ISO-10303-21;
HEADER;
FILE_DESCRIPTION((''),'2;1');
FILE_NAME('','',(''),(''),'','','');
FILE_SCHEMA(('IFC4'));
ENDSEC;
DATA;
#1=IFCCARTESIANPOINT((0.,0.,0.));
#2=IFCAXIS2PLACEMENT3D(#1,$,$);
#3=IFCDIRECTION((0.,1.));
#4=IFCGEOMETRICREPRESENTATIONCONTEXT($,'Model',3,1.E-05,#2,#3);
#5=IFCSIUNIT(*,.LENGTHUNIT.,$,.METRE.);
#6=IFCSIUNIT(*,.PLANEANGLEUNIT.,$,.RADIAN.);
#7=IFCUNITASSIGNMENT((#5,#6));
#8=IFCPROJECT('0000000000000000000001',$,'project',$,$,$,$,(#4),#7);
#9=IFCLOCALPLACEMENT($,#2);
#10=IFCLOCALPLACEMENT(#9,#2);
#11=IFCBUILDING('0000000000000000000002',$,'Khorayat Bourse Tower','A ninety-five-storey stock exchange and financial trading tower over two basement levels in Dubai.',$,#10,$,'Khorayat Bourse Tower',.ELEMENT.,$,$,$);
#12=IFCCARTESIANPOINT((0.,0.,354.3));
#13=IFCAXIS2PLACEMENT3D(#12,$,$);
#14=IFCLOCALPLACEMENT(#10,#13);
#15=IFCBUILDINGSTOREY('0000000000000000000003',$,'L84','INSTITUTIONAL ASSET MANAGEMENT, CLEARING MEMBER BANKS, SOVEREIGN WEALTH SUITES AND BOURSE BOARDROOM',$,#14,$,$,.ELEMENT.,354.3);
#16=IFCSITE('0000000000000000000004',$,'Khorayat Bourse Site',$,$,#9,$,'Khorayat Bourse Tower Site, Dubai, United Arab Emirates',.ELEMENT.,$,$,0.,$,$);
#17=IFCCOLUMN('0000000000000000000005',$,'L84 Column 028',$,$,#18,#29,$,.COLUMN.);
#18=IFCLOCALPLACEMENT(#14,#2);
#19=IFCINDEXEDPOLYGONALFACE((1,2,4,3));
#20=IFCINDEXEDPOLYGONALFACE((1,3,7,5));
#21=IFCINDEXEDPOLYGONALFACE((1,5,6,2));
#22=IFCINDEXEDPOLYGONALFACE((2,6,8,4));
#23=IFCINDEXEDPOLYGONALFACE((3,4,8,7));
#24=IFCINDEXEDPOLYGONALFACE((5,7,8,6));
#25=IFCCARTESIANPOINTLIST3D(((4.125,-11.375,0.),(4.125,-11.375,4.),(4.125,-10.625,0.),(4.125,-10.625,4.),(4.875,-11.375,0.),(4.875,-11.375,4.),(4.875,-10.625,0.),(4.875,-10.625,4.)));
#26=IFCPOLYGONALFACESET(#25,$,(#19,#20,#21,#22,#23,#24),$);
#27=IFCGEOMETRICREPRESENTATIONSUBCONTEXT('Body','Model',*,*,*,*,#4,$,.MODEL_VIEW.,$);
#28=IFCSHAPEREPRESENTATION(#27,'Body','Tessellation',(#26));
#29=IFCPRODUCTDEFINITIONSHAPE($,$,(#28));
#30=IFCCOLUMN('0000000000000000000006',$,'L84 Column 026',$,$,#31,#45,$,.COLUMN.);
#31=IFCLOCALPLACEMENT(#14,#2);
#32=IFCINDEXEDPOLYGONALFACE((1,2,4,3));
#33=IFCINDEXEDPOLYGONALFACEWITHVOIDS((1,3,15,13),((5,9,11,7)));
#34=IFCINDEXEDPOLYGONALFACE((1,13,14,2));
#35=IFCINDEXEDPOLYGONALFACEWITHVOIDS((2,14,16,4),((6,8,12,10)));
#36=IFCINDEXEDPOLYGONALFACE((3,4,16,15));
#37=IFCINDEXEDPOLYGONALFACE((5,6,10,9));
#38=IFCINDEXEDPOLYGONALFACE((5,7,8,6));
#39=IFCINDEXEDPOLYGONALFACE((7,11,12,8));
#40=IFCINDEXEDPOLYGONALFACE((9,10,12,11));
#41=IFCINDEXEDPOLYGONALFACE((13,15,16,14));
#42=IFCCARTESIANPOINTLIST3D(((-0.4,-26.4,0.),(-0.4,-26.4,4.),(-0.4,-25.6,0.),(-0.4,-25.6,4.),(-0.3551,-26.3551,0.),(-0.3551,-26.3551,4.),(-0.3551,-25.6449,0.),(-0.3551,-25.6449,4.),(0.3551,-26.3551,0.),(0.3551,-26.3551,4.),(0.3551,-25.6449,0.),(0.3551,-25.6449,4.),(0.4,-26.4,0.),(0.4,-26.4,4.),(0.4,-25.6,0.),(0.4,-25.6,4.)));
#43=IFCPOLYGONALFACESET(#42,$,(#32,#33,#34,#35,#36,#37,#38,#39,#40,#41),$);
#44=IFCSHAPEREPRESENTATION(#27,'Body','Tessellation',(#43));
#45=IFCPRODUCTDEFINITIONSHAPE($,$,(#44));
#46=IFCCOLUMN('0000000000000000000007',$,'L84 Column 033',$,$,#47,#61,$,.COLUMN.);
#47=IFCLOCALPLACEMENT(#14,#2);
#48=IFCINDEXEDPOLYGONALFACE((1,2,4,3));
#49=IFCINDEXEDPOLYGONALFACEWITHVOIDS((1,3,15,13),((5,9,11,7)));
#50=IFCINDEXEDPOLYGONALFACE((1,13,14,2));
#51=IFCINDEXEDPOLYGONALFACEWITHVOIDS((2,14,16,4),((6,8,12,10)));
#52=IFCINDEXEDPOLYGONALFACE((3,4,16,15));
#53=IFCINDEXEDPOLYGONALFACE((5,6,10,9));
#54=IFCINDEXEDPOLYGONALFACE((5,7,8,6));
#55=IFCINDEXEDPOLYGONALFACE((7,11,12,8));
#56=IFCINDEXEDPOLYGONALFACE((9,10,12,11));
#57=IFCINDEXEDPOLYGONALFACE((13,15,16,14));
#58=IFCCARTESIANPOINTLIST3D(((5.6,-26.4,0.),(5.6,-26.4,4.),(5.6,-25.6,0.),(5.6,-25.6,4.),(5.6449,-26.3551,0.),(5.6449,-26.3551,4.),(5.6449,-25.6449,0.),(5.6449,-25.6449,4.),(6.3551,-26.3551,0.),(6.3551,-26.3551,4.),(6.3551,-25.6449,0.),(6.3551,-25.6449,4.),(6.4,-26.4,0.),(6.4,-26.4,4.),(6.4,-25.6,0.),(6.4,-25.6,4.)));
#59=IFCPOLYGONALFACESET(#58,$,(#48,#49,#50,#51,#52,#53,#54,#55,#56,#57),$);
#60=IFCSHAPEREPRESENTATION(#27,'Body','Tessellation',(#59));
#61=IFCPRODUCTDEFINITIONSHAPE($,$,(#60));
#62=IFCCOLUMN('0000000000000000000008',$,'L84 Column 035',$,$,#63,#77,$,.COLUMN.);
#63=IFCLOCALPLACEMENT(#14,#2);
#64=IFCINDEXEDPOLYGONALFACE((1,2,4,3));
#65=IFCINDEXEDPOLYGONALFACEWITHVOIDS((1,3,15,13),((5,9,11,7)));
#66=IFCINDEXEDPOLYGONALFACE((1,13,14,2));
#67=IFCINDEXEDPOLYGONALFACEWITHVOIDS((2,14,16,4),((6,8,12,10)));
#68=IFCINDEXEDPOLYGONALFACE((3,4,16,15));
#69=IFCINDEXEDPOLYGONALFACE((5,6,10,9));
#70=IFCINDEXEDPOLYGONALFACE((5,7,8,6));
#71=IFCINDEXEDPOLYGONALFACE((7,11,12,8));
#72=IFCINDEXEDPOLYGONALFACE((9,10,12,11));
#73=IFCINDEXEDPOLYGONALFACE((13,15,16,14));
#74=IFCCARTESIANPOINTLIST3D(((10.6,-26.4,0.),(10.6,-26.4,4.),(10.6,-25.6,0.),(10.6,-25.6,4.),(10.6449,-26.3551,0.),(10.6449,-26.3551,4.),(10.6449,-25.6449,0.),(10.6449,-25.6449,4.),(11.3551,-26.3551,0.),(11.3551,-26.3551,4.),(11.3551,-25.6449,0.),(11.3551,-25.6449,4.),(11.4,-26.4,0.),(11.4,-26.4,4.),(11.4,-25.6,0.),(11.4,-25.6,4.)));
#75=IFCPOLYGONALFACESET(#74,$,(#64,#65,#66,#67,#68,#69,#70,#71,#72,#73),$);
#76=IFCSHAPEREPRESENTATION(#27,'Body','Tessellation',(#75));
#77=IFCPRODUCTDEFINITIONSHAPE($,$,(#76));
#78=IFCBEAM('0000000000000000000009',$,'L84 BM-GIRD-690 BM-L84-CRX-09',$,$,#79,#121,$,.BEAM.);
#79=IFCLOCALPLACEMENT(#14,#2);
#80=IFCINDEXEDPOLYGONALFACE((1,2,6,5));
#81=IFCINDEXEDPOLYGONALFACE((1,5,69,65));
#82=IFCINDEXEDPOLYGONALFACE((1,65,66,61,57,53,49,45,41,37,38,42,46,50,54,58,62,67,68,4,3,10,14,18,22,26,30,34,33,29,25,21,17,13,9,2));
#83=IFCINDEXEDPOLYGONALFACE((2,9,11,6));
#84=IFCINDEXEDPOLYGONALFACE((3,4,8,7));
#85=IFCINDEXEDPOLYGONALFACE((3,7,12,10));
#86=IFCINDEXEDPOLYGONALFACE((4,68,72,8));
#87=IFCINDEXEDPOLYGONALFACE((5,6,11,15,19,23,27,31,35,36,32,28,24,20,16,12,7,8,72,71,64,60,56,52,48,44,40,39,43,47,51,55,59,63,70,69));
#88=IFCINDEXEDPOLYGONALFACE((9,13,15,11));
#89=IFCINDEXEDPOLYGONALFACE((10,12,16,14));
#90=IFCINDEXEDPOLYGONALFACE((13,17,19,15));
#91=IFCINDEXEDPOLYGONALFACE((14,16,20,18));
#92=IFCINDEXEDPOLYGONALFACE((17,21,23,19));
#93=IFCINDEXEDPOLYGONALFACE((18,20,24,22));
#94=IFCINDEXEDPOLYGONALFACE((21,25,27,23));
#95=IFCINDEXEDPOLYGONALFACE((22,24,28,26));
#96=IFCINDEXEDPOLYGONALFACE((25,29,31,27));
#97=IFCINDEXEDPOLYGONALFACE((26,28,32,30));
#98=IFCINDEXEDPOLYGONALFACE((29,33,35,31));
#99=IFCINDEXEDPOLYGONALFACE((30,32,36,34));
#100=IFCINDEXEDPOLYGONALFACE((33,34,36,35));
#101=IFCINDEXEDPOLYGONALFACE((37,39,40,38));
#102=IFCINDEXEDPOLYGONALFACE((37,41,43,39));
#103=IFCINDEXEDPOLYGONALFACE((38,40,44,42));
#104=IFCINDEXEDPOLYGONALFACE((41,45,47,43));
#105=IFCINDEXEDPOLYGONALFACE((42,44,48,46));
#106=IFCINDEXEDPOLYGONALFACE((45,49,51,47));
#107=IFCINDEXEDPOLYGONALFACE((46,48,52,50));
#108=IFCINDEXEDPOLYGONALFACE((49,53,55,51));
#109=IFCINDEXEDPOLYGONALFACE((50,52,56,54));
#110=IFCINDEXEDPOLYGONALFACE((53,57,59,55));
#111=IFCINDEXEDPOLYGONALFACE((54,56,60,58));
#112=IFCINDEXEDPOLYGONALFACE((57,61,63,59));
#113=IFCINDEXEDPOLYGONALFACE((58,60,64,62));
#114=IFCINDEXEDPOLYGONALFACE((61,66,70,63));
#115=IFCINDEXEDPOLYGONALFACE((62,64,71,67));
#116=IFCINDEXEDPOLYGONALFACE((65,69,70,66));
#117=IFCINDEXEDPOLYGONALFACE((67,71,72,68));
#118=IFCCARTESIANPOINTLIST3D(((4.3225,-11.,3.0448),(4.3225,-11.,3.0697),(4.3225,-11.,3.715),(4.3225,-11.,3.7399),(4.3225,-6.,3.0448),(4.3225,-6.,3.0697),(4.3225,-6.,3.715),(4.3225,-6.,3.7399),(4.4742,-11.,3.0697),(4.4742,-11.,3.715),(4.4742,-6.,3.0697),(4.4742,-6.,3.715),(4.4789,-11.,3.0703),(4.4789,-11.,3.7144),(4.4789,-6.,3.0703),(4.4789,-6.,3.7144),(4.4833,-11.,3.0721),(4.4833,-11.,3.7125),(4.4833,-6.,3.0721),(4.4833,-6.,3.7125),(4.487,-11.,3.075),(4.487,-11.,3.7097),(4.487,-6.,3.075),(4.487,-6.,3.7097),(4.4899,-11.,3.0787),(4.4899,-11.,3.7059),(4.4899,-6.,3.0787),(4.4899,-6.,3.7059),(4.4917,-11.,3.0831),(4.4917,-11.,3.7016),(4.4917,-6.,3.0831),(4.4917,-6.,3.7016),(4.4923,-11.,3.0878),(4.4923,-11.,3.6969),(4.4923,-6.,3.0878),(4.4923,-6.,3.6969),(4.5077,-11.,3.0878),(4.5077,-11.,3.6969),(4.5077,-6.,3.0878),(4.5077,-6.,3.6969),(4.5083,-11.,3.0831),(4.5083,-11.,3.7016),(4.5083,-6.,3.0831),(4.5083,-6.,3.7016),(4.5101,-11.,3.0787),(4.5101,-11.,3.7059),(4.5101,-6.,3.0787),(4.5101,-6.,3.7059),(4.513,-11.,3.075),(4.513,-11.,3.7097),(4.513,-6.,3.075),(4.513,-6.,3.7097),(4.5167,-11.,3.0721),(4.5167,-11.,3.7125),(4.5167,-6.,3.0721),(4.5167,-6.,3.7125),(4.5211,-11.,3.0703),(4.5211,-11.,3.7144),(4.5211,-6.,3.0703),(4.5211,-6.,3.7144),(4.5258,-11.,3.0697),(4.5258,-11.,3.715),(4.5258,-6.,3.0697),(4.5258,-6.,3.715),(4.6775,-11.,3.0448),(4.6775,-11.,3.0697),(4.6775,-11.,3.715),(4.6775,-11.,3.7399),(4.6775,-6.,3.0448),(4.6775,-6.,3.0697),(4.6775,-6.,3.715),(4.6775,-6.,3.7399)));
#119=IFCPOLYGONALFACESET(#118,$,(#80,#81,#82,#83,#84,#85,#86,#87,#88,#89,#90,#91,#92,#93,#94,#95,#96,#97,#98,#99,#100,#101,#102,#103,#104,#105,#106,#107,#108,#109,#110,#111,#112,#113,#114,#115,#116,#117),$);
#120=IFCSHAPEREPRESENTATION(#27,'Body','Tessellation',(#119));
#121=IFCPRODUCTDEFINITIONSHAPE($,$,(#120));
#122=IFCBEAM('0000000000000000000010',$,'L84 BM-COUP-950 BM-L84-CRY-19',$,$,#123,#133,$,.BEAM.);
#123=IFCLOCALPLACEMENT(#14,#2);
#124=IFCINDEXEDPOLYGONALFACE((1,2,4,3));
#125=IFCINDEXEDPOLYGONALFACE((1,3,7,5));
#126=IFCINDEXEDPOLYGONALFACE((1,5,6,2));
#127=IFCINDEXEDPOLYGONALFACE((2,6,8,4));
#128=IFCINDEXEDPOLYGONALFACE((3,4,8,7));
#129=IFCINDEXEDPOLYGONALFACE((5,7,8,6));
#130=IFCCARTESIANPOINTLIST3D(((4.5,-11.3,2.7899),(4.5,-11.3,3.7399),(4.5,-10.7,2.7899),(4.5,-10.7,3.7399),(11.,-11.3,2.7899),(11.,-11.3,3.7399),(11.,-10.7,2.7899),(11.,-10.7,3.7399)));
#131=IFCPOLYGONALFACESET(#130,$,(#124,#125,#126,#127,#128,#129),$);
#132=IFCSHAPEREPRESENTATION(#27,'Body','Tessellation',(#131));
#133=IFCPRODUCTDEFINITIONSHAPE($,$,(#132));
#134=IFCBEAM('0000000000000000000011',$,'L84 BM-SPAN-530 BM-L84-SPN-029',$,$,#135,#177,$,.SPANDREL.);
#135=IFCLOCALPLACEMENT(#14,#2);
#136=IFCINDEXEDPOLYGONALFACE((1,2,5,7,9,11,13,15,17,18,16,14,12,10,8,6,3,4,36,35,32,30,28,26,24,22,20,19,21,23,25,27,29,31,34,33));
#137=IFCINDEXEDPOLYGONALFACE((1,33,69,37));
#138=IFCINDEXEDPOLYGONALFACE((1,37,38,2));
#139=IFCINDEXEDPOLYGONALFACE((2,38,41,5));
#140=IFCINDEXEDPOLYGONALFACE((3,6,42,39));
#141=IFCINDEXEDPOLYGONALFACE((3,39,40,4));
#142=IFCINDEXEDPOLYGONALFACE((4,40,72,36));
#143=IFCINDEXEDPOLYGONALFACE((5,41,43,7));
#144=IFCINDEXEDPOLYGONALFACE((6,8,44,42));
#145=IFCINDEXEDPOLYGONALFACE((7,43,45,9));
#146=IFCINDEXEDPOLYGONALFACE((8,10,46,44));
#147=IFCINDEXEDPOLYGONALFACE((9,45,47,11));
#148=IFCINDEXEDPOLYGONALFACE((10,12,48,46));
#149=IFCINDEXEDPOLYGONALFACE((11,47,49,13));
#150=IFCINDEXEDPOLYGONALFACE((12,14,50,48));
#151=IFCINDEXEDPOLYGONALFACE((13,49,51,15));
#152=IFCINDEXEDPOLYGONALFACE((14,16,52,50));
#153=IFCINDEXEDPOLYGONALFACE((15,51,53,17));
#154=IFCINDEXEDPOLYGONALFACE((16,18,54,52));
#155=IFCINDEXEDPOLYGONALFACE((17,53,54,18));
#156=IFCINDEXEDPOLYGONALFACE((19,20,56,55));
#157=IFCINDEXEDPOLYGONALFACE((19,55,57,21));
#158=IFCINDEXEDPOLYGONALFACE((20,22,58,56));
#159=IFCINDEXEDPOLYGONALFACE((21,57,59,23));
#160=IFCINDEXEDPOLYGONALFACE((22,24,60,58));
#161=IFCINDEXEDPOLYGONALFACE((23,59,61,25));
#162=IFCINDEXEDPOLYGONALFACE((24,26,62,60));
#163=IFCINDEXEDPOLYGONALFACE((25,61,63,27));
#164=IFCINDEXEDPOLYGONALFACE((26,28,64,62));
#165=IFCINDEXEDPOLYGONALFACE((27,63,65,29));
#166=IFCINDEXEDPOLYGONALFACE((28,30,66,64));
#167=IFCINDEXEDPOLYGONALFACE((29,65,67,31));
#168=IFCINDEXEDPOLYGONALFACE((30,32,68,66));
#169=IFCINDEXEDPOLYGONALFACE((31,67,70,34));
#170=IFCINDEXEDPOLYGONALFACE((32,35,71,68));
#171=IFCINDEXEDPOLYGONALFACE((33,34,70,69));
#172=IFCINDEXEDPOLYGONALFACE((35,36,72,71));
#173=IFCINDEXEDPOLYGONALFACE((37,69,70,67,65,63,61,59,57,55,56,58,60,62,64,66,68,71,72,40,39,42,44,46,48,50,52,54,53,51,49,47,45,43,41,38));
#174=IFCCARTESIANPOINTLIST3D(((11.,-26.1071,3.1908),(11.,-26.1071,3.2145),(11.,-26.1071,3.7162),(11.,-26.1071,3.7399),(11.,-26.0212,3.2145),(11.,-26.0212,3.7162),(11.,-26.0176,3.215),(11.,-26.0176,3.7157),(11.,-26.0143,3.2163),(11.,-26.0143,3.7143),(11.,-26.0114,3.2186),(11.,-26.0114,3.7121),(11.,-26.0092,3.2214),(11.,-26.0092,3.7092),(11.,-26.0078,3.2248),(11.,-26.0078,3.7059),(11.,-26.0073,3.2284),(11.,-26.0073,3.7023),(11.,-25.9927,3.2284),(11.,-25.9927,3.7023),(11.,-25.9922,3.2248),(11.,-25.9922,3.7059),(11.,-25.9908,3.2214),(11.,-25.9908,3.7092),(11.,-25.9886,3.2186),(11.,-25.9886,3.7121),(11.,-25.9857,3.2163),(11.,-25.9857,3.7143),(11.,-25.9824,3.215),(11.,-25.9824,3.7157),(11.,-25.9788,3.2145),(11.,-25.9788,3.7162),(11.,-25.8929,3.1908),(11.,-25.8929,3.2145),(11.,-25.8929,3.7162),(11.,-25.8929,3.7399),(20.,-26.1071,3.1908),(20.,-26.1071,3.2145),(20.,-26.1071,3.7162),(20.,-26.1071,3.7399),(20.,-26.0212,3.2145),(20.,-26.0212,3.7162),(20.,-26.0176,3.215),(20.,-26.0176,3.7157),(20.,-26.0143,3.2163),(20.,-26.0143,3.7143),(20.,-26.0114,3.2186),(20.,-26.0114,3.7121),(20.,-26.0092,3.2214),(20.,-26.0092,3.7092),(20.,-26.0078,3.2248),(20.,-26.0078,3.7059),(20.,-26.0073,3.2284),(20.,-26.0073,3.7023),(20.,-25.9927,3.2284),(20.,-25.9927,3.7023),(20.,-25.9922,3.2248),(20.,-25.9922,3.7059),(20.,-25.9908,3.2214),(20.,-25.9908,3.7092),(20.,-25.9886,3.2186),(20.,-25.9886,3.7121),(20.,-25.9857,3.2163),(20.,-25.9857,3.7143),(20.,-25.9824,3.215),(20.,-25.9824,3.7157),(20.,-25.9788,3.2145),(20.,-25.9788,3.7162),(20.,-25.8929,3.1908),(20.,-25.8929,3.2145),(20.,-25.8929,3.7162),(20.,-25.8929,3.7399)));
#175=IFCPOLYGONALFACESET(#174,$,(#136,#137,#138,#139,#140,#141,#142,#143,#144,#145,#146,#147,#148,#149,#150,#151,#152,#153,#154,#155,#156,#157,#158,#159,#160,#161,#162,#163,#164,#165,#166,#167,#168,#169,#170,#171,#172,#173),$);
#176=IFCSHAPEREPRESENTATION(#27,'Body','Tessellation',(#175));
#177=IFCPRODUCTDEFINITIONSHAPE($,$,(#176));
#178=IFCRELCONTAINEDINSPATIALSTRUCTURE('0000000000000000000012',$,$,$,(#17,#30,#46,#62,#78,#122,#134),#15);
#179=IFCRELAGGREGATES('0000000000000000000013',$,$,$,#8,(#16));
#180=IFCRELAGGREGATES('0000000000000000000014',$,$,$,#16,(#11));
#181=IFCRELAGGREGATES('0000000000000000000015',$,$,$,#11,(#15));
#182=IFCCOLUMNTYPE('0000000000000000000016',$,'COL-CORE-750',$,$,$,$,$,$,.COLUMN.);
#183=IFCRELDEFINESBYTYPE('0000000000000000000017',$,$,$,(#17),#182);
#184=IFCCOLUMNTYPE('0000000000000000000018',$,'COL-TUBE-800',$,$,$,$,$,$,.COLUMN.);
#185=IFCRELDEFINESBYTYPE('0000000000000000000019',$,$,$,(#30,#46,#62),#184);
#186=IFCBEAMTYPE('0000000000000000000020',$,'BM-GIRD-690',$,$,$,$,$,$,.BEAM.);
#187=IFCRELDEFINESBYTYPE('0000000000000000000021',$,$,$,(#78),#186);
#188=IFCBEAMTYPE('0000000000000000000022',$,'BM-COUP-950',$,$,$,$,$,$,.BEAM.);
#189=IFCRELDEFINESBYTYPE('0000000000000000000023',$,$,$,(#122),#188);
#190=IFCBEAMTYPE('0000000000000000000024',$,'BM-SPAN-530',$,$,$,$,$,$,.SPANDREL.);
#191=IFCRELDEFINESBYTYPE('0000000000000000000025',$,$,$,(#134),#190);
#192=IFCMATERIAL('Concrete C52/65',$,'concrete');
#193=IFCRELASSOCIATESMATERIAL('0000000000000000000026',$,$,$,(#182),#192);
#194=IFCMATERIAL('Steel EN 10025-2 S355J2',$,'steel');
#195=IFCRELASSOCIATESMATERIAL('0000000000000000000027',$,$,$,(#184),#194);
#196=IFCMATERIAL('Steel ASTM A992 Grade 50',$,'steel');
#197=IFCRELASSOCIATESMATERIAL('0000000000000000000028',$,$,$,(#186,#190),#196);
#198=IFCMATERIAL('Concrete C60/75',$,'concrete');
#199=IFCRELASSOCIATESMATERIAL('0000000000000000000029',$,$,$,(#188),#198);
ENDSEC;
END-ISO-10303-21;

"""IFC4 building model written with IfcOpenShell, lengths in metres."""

from ifc_helpers import new_model, si_unit, direction, frame, origin, origin_2d, place, context, subcontext, project, spatial, rectangle, hollow_rectangle, i_section, extrude, source, transform, mapped, material, material_profile, profile_set, type_object, element, save


model = new_model("IFC4")

# Units and contexts
model_context = context("Model", 3, precision=1e-05, world=origin(), true_north=direction((0.0, 1.0)))
body_context = subcontext(model_context, "Body", "Model", "MODEL_VIEW")
ifc_project = project(units=[si_unit("LENGTHUNIT", "METRE"), si_unit("PLANEANGLEUNIT", "RADIAN")], contexts=[model_context])

# Site, building, storey
site_placement = place(None, origin())
site = spatial("IfcSite", under=ifc_project, at=site_placement, Name="Khorayat Bourse Site", LongName="Khorayat Bourse Tower Site, Dubai, United Arab Emirates", CompositionType="ELEMENT", RefElevation=0.0)
building_placement = place(site_placement, origin())
building = spatial("IfcBuilding", under=site, at=building_placement, Name="Khorayat Bourse Tower", Description="A ninety-five-storey stock exchange and financial trading tower over two basement levels in Dubai.", LongName="Khorayat Bourse Tower", CompositionType="ELEMENT")
storey_placement = place(building_placement, frame((0.0, 0.0, 354.3)))
storey = spatial("IfcBuildingStorey", under=building, at=storey_placement, Name="L84", Description="INSTITUTIONAL ASSET MANAGEMENT, CLEARING MEMBER BANKS, SOVEREIGN WEALTH SUITES AND BOURSE BOARDROOM", CompositionType="ELEMENT", Elevation=354.3)

# Columns
ifc_material_1 = material(Name="Concrete C52/65", Category="concrete")
ifc_material_profile_1 = material_profile(ifc_material_1, rectangle(XDim=0.75, YDim=0.75, at=origin_2d()), Name="RC 750x750")
ifc_profile_set_1 = profile_set([ifc_material_profile_1], Name="Concrete C52/65")
column_type_1 = type_object("IfcColumnType", Name="COL-CORE-750", PredefinedType="COLUMN", material=ifc_profile_set_1)
shared_shape_1 = source(origin(), body_context, "Body", "SweptSolid", [
    extrude(rectangle(XDim=0.75, YDim=0.75, at=origin_2d()), origin(), (0.0, 0.0, 1.0), 4.0),
])
column_placement = place(storey_placement, frame((4.5, -11.0, 0.0), z_axis=(0.0, 0.0, 1.0), x_axis=(1.0, 0.0, 0.0)))
element("IfcColumn", 1, at=column_placement, inside=storey, type_object=column_type_1, Name="L84 Column 028", PredefinedType="COLUMN", context=body_context, shape_type="MappedRepresentation", body=[
    mapped(shared_shape_1, transform((0.0, 0.0, 0.0), scale=1.0)),
])
ifc_material_2 = material(Name="Steel EN 10025-2 S355J2", Category="steel")
ifc_material_profile_2 = material_profile(ifc_material_2, hollow_rectangle(XDim=0.8, YDim=0.8, WallThickness=0.0449, at=origin_2d()), Name="BOX 800x800x45")
ifc_profile_set_2 = profile_set([ifc_material_profile_2], Name="Steel EN 10025-2 S355J2")
column_type_2 = type_object("IfcColumnType", Name="COL-TUBE-800", PredefinedType="COLUMN", material=ifc_profile_set_2)
shared_shape_2 = source(origin(), body_context, "Body", "SweptSolid", [
    extrude(hollow_rectangle(XDim=0.8, YDim=0.8, WallThickness=0.0449, at=origin_2d()), origin(), (0.0, 0.0, 1.0), 4.0),
])
for number, where, z_axis, x_axis, name in (
    (2, (0.0, -26.0, 0.0), (0.0, 0.0, 1.0), (1.0, 0.0, 0.0), "L84 Column 026"),
    (3, (6.0, -26.0, 0.0), (0.0, 0.0, 1.0), (1.0, 0.0, 0.0), "L84 Column 033"),
    (4, (11.0, -26.0, 0.0), (0.0, 0.0, 1.0), (1.0, 0.0, 0.0), "L84 Column 035"),
):
    element("IfcColumn", number, at=place(storey_placement, frame(where, z_axis=z_axis, x_axis=x_axis)), inside=storey, type_object=column_type_2, Name=name, PredefinedType="COLUMN", context=body_context, shape_type="MappedRepresentation", body=[
        mapped(shared_shape_2, transform((0.0, 0.0, 0.0), scale=1.0)),
    ])

# Beams
ifc_material_3 = material(Name="Steel ASTM A992 Grade 50", Category="steel")
ifc_material_profile_3 = material_profile(ifc_material_3, i_section(OverallWidth=0.355, OverallDepth=0.6951, WebThickness=0.0154, FlangeThickness=0.0249, FilletRadius=0.0181, at=origin_2d()), Name="W690X217")
ifc_profile_set_3 = profile_set([ifc_material_profile_3], Name="Steel ASTM A992 Grade 50")
beam_type_1 = type_object("IfcBeamType", Name="BM-GIRD-690", PredefinedType="BEAM", material=ifc_profile_set_3)
shared_shape_3 = source(origin(), body_context, "Body", "SweptSolid", [
    extrude(i_section(OverallWidth=0.355, OverallDepth=0.6951, WebThickness=0.0154, FlangeThickness=0.0249, FilletRadius=0.0181, at=origin_2d()), origin(), (0.0, 0.0, 1.0), 5.0),
])
beam_1_placement = place(storey_placement, frame((4.5, -11.0, 3.3923), z_axis=(0.0, 1.0, 0.0), x_axis=(-1.0, 0.0, 0.0)))
element("IfcBeam", 5, at=beam_1_placement, inside=storey, type_object=beam_type_1, Name="L84 BM-GIRD-690 BM-L84-CRX-09", PredefinedType="BEAM", context=body_context, shape_type="MappedRepresentation", body=[
    mapped(shared_shape_3, transform((0.0, 0.0, 0.0), scale=1.0)),
])
ifc_material_4 = material(Name="Concrete C60/75", Category="concrete")
ifc_material_profile_4 = material_profile(ifc_material_4, rectangle(XDim=0.6001, YDim=0.95, at=origin_2d()), Name="RC 600x950")
ifc_profile_set_4 = profile_set([ifc_material_profile_4], Name="Concrete C60/75")
beam_type_2 = type_object("IfcBeamType", Name="BM-COUP-950", PredefinedType="BEAM", material=ifc_profile_set_4)
shared_shape_4 = source(origin(), body_context, "Body", "SweptSolid", [
    extrude(rectangle(XDim=0.6001, YDim=0.95, at=origin_2d()), origin(), (0.0, 0.0, 1.0), 6.5),
])
beam_2_placement = place(storey_placement, frame((4.5, -11.0, 3.2649), z_axis=(1.0, 0.0, 0.0), x_axis=(0.0, 1.0, 0.0)))
element("IfcBeam", 6, at=beam_2_placement, inside=storey, type_object=beam_type_2, Name="L84 BM-COUP-950 BM-L84-CRY-19", PredefinedType="BEAM", context=body_context, shape_type="MappedRepresentation", body=[
    mapped(shared_shape_4, transform((0.0, 0.0, 0.0), scale=1.0)),
])
ifc_material_profile_5 = material_profile(ifc_material_3, i_section(OverallWidth=0.2141, OverallDepth=0.5491, WebThickness=0.0146, FlangeThickness=0.0237, FilletRadius=0.0139, at=origin_2d()), Name="W530X138")
ifc_profile_set_5 = profile_set([ifc_material_profile_5], Name="Steel ASTM A992 Grade 50")
beam_type_3 = type_object("IfcBeamType", Name="BM-SPAN-530", PredefinedType="SPANDREL", material=ifc_profile_set_5)
shared_shape_5 = source(origin(), body_context, "Body", "SweptSolid", [
    extrude(i_section(OverallWidth=0.2141, OverallDepth=0.5491, WebThickness=0.0146, FlangeThickness=0.0237, FilletRadius=0.0139, at=origin_2d()), origin(), (0.0, 0.0, 1.0), 9.0),
])
beam_3_placement = place(storey_placement, frame((11.0, -26.0, 3.4653), z_axis=(1.0, 0.0, 0.0), x_axis=(0.0, 1.0, 0.0)))
element("IfcBeam", 7, at=beam_3_placement, inside=storey, type_object=beam_type_3, Name="L84 BM-SPAN-530 BM-L84-SPN-029", PredefinedType="SPANDREL", context=body_context, shape_type="MappedRepresentation", body=[
    mapped(shared_shape_5, transform((0.0, 0.0, 0.0), scale=1.0)),
])

save(model, "model.ifc")
